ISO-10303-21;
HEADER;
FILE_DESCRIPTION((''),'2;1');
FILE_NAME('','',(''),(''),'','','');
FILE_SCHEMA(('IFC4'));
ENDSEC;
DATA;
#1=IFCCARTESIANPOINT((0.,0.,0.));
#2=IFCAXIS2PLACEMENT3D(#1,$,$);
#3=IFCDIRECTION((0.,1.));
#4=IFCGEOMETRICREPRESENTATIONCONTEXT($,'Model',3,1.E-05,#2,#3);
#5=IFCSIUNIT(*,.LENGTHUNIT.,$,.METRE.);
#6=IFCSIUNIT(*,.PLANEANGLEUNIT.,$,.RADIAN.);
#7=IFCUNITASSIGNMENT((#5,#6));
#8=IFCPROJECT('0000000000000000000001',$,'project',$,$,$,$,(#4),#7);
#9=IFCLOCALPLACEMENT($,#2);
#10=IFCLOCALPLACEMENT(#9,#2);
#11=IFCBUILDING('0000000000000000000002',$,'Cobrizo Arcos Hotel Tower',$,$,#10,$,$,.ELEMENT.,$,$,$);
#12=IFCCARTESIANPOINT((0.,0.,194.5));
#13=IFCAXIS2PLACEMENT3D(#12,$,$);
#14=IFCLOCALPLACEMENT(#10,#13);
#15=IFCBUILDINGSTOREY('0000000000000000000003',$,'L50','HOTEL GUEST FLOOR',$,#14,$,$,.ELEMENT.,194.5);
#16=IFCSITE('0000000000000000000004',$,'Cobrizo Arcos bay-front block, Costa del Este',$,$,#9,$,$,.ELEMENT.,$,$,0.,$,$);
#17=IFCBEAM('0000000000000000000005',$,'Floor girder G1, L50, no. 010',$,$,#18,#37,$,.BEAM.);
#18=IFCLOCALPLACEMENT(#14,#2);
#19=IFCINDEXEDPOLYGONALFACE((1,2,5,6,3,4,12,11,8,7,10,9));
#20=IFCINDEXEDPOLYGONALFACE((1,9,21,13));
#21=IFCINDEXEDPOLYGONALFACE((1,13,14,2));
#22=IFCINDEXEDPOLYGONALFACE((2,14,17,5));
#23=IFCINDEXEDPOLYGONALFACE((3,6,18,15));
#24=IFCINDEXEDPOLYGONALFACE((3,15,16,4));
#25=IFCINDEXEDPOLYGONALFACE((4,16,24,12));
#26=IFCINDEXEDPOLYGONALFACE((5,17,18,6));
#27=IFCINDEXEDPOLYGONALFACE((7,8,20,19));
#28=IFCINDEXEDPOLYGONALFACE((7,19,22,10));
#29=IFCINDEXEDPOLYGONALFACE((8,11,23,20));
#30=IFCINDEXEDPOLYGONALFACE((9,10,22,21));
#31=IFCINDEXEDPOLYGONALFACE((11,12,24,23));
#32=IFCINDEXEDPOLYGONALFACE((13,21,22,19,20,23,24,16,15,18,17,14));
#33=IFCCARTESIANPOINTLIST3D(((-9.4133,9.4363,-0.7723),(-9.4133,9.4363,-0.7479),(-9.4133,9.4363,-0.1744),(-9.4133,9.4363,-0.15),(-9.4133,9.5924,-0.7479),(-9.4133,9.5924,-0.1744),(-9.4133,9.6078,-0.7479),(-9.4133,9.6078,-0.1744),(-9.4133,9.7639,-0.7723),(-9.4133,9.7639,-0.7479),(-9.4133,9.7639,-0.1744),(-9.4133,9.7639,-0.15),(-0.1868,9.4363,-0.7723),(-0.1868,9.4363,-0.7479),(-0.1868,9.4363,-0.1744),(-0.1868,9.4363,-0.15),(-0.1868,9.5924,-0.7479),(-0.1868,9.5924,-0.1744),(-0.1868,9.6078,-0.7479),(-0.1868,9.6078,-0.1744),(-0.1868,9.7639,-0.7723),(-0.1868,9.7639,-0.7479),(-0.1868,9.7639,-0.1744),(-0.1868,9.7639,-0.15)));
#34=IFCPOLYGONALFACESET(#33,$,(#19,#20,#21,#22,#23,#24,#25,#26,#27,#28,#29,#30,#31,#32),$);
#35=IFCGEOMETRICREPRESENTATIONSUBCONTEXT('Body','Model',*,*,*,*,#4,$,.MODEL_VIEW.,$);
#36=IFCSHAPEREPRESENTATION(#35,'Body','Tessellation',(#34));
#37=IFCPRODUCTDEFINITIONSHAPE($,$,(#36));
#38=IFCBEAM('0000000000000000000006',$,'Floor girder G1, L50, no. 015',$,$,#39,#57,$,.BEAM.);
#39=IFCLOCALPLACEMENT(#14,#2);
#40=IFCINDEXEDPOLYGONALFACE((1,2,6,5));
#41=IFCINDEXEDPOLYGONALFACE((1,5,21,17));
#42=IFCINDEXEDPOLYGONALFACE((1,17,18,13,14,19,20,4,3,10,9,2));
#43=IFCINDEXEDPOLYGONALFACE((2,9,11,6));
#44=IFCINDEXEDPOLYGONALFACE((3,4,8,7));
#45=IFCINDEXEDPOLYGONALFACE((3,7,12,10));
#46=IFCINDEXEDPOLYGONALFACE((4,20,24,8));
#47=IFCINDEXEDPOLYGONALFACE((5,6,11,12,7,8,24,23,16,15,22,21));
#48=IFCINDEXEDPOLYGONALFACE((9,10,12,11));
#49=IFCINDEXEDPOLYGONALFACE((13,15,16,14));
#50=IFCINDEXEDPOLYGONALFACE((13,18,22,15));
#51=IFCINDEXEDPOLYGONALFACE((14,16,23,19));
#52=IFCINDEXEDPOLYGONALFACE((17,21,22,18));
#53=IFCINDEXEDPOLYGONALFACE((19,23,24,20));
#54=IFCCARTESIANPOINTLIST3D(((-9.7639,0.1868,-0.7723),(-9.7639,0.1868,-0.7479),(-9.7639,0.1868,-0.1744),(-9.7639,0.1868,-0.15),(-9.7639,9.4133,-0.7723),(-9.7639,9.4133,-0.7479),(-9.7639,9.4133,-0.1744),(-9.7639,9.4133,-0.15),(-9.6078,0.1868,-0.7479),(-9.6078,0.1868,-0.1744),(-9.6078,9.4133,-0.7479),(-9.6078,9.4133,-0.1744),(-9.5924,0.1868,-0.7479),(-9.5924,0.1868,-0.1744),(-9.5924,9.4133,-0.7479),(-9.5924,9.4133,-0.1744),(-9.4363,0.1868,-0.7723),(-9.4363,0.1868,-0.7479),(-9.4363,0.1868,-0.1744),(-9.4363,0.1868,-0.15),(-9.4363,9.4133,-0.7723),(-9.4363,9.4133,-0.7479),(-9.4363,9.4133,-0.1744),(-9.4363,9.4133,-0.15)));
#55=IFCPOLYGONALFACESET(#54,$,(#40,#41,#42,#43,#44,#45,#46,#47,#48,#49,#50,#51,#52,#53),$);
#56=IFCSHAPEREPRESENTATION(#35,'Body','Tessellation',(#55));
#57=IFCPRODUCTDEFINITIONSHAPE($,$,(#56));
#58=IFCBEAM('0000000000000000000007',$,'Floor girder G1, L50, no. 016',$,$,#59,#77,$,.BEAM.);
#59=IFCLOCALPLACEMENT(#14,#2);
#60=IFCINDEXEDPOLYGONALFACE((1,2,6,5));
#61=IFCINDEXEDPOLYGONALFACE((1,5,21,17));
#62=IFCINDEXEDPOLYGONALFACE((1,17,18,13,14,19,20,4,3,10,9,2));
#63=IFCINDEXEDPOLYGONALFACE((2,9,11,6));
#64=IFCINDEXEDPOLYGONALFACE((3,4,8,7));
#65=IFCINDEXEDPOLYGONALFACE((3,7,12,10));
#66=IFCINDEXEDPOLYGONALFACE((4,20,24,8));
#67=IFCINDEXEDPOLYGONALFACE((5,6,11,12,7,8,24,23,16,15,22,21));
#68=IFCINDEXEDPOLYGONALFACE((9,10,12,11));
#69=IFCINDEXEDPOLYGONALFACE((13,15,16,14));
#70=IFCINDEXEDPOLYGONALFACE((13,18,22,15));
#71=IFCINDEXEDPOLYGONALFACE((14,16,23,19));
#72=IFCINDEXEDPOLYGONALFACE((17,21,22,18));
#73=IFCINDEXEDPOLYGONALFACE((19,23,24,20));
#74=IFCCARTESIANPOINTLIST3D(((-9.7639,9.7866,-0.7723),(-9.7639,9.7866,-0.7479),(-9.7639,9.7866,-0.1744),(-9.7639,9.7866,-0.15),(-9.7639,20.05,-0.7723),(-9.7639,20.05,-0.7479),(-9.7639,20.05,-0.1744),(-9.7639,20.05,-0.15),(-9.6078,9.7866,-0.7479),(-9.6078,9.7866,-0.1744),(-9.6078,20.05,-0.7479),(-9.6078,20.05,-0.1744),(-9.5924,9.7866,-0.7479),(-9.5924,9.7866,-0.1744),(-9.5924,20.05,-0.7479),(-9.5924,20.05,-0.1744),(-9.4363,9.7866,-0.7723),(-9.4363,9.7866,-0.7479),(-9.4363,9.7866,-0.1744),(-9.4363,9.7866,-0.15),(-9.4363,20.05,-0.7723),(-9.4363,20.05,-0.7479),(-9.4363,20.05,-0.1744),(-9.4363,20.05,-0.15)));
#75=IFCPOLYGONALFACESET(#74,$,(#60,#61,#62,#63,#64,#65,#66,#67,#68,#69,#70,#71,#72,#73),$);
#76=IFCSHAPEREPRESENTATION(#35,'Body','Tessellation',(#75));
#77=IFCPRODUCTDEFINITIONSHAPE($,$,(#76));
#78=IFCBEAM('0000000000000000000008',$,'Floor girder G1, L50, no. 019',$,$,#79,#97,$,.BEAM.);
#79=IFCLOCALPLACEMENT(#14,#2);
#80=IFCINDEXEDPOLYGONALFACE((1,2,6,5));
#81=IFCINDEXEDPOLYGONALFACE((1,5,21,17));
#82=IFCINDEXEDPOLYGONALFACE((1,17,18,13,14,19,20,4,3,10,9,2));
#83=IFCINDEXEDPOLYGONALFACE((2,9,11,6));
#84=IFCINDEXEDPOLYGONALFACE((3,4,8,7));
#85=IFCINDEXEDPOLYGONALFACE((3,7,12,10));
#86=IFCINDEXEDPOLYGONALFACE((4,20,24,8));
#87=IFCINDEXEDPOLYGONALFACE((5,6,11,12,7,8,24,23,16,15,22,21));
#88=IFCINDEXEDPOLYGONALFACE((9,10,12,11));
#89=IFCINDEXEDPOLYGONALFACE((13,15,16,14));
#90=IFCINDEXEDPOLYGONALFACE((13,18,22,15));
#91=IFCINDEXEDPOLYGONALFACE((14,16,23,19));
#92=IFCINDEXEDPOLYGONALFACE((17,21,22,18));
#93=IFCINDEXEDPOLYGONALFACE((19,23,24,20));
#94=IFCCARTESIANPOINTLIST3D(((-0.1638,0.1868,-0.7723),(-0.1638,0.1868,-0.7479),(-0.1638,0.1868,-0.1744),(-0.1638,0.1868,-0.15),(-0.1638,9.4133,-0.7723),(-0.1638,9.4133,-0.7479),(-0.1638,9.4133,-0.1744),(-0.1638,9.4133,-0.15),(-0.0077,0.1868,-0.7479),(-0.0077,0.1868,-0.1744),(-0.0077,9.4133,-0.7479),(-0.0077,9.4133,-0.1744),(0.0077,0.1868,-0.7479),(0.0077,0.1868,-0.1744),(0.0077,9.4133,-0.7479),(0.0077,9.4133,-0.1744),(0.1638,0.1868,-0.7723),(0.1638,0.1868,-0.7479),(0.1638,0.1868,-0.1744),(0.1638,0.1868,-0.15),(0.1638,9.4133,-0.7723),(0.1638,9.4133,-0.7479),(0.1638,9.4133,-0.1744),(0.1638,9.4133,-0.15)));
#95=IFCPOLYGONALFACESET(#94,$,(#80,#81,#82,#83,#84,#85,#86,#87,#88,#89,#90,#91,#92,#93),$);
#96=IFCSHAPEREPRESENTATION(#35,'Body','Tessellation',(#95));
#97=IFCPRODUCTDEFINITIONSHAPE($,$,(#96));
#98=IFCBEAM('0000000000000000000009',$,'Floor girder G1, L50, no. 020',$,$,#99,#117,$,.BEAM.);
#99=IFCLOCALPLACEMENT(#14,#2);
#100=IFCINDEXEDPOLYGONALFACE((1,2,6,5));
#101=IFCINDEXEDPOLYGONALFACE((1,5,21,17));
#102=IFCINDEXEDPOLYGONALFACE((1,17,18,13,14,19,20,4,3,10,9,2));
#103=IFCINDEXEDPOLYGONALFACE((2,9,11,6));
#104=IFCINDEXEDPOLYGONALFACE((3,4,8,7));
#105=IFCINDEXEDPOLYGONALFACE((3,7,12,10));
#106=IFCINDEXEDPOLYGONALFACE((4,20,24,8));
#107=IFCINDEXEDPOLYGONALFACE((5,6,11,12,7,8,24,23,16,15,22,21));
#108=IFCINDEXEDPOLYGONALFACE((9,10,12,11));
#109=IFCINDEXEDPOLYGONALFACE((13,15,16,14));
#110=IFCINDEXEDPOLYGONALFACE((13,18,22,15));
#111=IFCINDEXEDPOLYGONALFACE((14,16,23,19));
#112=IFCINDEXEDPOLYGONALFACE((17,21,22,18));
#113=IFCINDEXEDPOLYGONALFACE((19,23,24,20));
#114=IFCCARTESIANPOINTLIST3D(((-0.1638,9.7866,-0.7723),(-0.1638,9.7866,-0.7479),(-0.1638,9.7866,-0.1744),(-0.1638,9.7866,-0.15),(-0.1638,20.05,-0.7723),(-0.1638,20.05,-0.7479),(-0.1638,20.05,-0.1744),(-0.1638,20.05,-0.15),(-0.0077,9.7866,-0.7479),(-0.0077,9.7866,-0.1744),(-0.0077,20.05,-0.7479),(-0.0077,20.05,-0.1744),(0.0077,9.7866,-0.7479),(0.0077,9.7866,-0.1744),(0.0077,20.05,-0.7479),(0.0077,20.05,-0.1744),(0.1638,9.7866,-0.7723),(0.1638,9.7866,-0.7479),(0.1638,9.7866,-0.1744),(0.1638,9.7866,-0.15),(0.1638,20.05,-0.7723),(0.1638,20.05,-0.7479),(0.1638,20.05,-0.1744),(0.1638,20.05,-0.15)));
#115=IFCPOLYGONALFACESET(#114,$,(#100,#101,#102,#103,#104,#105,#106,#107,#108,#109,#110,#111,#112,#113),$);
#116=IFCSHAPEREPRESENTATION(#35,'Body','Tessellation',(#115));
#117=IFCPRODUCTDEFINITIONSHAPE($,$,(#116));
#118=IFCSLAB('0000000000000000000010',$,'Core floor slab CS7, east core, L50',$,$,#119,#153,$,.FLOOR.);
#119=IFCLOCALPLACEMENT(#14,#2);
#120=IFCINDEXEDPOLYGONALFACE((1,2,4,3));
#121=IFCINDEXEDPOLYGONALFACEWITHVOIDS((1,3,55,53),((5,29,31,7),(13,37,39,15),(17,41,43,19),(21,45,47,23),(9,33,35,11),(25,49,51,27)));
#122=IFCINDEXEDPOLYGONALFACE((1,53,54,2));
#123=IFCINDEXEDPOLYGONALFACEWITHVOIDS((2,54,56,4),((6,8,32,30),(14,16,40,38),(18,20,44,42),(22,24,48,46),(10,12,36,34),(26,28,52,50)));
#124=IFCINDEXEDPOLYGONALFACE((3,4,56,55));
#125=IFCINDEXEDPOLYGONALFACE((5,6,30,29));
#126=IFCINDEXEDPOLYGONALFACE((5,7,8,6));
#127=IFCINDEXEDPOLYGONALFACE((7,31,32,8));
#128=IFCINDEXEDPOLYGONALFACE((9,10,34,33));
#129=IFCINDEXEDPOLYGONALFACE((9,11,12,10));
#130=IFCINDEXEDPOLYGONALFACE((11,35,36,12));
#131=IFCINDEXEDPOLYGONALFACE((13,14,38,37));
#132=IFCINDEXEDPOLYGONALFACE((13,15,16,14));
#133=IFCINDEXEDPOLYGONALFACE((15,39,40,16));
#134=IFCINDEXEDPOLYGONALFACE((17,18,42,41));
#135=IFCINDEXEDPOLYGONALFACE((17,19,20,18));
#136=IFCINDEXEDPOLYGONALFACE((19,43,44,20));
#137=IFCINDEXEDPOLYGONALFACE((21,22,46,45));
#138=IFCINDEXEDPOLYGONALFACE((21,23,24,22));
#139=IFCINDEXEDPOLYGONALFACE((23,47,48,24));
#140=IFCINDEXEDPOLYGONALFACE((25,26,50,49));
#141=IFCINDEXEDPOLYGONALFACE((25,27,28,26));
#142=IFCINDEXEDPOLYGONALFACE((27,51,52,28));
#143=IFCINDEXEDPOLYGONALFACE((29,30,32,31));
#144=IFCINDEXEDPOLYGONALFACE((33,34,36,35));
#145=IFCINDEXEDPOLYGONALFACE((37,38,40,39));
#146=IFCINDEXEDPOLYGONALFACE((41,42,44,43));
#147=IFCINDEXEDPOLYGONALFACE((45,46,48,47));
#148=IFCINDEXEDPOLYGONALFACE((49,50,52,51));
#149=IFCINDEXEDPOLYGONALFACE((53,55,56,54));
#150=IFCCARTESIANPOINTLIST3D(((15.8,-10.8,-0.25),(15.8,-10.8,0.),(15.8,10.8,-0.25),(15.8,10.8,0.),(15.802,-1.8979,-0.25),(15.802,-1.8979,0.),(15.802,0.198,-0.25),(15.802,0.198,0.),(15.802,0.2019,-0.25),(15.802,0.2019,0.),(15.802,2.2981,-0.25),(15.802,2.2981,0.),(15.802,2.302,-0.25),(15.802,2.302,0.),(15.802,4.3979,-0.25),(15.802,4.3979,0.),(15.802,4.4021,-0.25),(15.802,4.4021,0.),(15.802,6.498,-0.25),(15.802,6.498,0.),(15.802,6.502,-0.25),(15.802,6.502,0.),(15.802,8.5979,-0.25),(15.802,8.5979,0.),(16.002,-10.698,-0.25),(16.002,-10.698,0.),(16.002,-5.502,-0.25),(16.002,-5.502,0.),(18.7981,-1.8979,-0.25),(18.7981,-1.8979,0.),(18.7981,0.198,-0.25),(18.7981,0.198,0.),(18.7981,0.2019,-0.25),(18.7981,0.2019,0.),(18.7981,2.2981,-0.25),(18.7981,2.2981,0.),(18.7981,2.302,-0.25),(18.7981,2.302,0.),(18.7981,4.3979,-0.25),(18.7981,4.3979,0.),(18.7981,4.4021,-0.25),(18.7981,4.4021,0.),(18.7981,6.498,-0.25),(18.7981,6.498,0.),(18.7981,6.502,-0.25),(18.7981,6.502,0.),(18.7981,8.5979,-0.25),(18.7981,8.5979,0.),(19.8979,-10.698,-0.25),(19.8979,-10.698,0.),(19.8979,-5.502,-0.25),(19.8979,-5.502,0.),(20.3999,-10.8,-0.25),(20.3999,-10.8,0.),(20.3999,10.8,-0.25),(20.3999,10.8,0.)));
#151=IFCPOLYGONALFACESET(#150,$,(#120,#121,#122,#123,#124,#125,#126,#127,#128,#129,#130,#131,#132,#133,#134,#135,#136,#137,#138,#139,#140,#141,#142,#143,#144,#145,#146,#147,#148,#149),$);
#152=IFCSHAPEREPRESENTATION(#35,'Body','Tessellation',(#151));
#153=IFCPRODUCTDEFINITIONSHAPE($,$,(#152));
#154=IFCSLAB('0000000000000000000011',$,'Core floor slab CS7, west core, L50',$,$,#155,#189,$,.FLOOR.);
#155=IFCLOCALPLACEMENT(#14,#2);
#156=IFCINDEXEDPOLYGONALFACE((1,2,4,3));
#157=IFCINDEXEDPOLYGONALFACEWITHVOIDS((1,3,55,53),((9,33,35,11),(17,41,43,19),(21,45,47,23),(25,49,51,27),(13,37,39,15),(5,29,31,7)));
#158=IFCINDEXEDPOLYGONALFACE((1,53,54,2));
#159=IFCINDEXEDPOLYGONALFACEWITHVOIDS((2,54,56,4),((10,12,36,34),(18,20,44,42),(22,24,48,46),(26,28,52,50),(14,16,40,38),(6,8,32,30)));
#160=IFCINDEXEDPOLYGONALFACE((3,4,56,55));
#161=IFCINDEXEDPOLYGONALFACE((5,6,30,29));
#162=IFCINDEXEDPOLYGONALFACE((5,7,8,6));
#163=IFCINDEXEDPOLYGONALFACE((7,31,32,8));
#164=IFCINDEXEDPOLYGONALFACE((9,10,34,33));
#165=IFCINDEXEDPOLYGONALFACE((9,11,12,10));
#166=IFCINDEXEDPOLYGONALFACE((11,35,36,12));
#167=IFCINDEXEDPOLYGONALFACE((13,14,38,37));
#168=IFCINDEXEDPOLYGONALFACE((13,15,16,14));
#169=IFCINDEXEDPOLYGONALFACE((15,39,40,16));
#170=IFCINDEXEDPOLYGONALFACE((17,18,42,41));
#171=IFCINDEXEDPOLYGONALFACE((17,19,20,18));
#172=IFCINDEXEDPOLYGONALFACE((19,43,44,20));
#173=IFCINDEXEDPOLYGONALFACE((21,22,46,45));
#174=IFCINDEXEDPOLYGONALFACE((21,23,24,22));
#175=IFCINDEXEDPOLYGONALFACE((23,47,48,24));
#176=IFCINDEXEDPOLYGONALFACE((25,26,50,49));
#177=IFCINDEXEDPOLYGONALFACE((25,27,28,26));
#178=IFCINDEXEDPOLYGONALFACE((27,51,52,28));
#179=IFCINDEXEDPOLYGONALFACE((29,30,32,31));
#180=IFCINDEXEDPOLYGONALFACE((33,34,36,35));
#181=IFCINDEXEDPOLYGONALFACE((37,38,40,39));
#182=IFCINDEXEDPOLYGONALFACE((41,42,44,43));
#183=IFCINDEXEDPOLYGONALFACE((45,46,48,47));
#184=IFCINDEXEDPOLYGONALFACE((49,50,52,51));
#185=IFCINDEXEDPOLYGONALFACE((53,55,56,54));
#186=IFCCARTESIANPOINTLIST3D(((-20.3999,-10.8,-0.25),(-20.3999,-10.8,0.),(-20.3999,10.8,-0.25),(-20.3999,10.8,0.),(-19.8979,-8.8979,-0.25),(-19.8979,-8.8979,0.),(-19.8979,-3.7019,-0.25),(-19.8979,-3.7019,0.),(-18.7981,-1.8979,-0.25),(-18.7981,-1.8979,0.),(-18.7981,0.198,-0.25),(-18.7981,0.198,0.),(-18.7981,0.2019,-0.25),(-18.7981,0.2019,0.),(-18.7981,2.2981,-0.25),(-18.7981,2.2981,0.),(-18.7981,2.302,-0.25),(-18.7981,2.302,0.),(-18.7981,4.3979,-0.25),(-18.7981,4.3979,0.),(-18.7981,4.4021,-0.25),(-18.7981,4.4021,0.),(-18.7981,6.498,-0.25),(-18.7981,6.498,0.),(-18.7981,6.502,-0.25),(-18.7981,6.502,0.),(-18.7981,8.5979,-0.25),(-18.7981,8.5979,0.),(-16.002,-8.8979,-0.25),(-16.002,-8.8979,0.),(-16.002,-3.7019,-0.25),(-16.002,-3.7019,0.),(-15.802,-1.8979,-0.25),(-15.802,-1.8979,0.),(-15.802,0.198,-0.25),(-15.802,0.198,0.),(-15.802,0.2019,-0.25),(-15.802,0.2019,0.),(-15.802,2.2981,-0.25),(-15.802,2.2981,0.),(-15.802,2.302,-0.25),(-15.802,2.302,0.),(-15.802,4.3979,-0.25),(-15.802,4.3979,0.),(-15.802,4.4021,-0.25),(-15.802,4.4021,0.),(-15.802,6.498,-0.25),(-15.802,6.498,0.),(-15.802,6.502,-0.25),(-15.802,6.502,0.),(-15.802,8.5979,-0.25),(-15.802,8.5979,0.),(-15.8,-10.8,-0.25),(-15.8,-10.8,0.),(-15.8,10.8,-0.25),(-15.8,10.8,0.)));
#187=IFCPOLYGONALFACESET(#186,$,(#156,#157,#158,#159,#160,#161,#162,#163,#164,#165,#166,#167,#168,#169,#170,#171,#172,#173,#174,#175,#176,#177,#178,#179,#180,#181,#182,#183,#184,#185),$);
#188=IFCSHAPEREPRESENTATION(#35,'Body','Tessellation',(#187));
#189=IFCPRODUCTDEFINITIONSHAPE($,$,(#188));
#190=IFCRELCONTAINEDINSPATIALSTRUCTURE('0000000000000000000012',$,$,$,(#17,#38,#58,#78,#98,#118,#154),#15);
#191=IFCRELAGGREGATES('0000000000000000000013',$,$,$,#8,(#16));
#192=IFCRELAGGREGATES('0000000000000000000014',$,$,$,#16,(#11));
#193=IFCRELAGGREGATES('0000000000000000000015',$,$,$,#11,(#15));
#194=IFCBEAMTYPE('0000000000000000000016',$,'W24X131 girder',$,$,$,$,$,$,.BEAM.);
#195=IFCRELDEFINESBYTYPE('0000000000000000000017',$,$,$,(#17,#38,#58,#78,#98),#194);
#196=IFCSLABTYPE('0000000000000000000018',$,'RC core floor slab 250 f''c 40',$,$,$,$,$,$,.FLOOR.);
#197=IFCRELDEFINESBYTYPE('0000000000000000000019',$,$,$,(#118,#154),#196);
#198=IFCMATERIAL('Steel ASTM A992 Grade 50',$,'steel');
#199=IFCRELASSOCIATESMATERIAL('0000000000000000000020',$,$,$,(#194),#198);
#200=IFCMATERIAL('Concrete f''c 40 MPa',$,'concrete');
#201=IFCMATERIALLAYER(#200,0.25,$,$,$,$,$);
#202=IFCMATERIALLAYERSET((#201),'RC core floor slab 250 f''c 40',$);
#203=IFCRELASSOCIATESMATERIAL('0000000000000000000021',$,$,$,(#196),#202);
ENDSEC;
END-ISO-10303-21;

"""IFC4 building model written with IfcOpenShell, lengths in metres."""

from ifc_helpers import new_model, si_unit, direction, frame, origin, origin_2d, place, context, subcontext, project, spatial, polyline, i_section, outline, extrude, material, layer, layer_set, material_profile, profile_set, type_object, element, save


model = new_model("IFC4")

# Units and contexts
model_context = context("Model", 3, precision=1e-05, world=origin(), true_north=direction((0.0, 1.0)))
body_context = subcontext(model_context, "Body", "Model", "MODEL_VIEW")
ifc_project = project(units=[si_unit("LENGTHUNIT", "METRE"), si_unit("PLANEANGLEUNIT", "RADIAN")], contexts=[model_context])

# Site, building, storey
site_placement = place(None, origin())
site = spatial("IfcSite", under=ifc_project, at=site_placement, Name="Cobrizo Arcos bay-front block, Costa del Este", CompositionType="ELEMENT", RefElevation=0.0)
building_placement = place(site_placement, origin())
building = spatial("IfcBuilding", under=site, at=building_placement, Name="Cobrizo Arcos Hotel Tower", CompositionType="ELEMENT")
storey_placement = place(building_placement, frame((0.0, 0.0, 194.5)))
storey = spatial("IfcBuildingStorey", under=building, at=storey_placement, Name="L50", Description="HOTEL GUEST FLOOR", CompositionType="ELEMENT", Elevation=194.5)

# Shared definitions
ifc_material_1 = material(Name="Steel ASTM A992 Grade 50", Category="steel")

# Beams
ifc_material_profile_1 = material_profile(ifc_material_1, i_section(OverallWidth=0.3276, OverallDepth=0.6223, WebThickness=0.0154, FlangeThickness=0.0244, at=origin_2d()), Name="W24X131")
ifc_profile_set_1 = profile_set([ifc_material_profile_1], Name="Steel ASTM A992 Grade 50")
beam_type_1 = type_object("IfcBeamType", Name="W24X131 girder", PredefinedType="BEAM", material=ifc_profile_set_1)
for number, where, z_axis, x_axis, name in (
    (1, (-9.4133, 9.6001, -0.4612), (1.0, 0.0, 0.0), (0.0, 1.0, 0.0), "Floor girder G1, L50, no. 010"),
    (2, (-9.6001, 0.1868, -0.4612), (0.0, 1.0, 0.0), (-1.0, 0.0, 0.0), "Floor girder G1, L50, no. 015"),
):
    element("IfcBeam", number, at=place(storey_placement, frame(where, z_axis=z_axis, x_axis=x_axis)), inside=storey, type_object=beam_type_1, Name=name, PredefinedType="BEAM", context=body_context, shape_type="SweptSolid", body=[
        extrude(i_section(OverallWidth=0.3276, OverallDepth=0.6223, WebThickness=0.0154, FlangeThickness=0.0244, at=origin_2d()), origin(), (0.0, 0.0, 1.0), 9.2266),
    ])
beam_1_placement = place(storey_placement, frame((-9.6001, 9.7866, -0.4612), z_axis=(0.0, 1.0, 0.0), x_axis=(-1.0, 0.0, 0.0)))
element("IfcBeam", 3, at=beam_1_placement, inside=storey, type_object=beam_type_1, Name="Floor girder G1, L50, no. 016", PredefinedType="BEAM", context=body_context, shape_type="SweptSolid", body=[
    extrude(i_section(OverallWidth=0.3276, OverallDepth=0.6223, WebThickness=0.0154, FlangeThickness=0.0244, at=origin_2d()), origin(), (0.0, 0.0, 1.0), 10.2634),
])
beam_2_placement = place(storey_placement, frame((0.0, 0.1868, -0.4612), z_axis=(0.0, 1.0, 0.0), x_axis=(-1.0, 0.0, 0.0)))
element("IfcBeam", 4, at=beam_2_placement, inside=storey, type_object=beam_type_1, Name="Floor girder G1, L50, no. 019", PredefinedType="BEAM", context=body_context, shape_type="SweptSolid", body=[
    extrude(i_section(OverallWidth=0.3276, OverallDepth=0.6223, WebThickness=0.0154, FlangeThickness=0.0244, at=origin_2d()), origin(), (0.0, 0.0, 1.0), 9.2266),
])
beam_3_placement = place(storey_placement, frame((0.0, 9.7866, -0.4612), z_axis=(0.0, 1.0, 0.0), x_axis=(-1.0, 0.0, 0.0)))
element("IfcBeam", 5, at=beam_3_placement, inside=storey, type_object=beam_type_1, Name="Floor girder G1, L50, no. 020", PredefinedType="BEAM", context=body_context, shape_type="SweptSolid", body=[
    extrude(i_section(OverallWidth=0.3276, OverallDepth=0.6223, WebThickness=0.0154, FlangeThickness=0.0244, at=origin_2d()), origin(), (0.0, 0.0, 1.0), 10.2634),
])

# Slabs
ifc_material_2 = material(Name="Concrete f'c 40 MPa", Category="concrete")
ifc_layer_1 = layer(ifc_material_2, 0.25)
ifc_layer_set_1 = layer_set([ifc_layer_1], Name="RC core floor slab 250 f'c 40")
slab_type_1 = type_object("IfcSlabType", Name="RC core floor slab 250 f'c 40", PredefinedType="FLOOR", material=ifc_layer_set_1)
slab_1_placement = place(storey_placement, frame((0.0, 0.0, -0.25)))
element("IfcSlab", 6, at=slab_1_placement, inside=storey, type_object=slab_type_1, Name="Core floor slab CS7, east core, L50", PredefinedType="FLOOR", context=body_context, shape_type="SweptSolid", body=[
    extrude(outline(polyline([(15.8, 10.8), (20.3999, 10.8), (20.3999, -10.8), (15.8, -10.8), (15.8, 10.8)]), holes=[polyline([(19.8979, -10.698), (19.8979, -5.502), (16.002, -5.502), (16.002, -10.698), (19.8979, -10.698)]), polyline([(15.802, 0.198), (15.802, -1.8979), (18.7981, -1.8979), (18.7981, 0.198), (15.802, 0.198)]), polyline([(15.802, 2.2981), (15.802, 0.2019), (18.7981, 0.2019), (18.7981, 2.2981), (15.802, 2.2981)]), polyline([(15.802, 4.3979), (15.802, 2.302), (18.7981, 2.302), (18.7981, 4.3979), (15.802, 4.3979)]), polyline([(18.7981, 6.498), (15.802, 6.498), (15.802, 4.4021), (18.7981, 4.4021), (18.7981, 6.498)]), polyline([(18.7981, 8.5979), (15.802, 8.5979), (15.802, 6.502), (18.7981, 6.502), (18.7981, 8.5979)])]), origin(), (0.0, 0.0, 1.0), 0.25),
])
slab_2_placement = place(storey_placement, frame((0.0, 0.0, -0.25)))
element("IfcSlab", 7, at=slab_2_placement, inside=storey, type_object=slab_type_1, Name="Core floor slab CS7, west core, L50", PredefinedType="FLOOR", context=body_context, shape_type="SweptSolid", body=[
    extrude(outline(polyline([(-20.3999, 10.8), (-15.8, 10.8), (-15.8, -10.8), (-20.3999, -10.8), (-20.3999, 10.8)]), holes=[polyline([(-19.8979, -3.7019), (-19.8979, -8.8979), (-16.002, -8.8979), (-16.002, -3.7019), (-19.8979, -3.7019)]), polyline([(-18.7981, 0.198), (-18.7981, -1.8979), (-15.802, -1.8979), (-15.802, 0.198), (-18.7981, 0.198)]), polyline([(-18.7981, 2.2981), (-18.7981, 0.2019), (-15.802, 0.2019), (-15.802, 2.2981), (-18.7981, 2.2981)]), polyline([(-18.7981, 4.3979), (-18.7981, 2.302), (-15.802, 2.302), (-15.802, 4.3979), (-18.7981, 4.3979)]), polyline([(-15.802, 6.498), (-18.7981, 6.498), (-18.7981, 4.4021), (-15.802, 4.4021), (-15.802, 6.498)]), polyline([(-15.802, 8.5979), (-18.7981, 8.5979), (-18.7981, 6.502), (-15.802, 6.502), (-15.802, 8.5979)])]), origin(), (0.0, 0.0, 1.0), 0.25),
])

save(model, "model.ifc")
